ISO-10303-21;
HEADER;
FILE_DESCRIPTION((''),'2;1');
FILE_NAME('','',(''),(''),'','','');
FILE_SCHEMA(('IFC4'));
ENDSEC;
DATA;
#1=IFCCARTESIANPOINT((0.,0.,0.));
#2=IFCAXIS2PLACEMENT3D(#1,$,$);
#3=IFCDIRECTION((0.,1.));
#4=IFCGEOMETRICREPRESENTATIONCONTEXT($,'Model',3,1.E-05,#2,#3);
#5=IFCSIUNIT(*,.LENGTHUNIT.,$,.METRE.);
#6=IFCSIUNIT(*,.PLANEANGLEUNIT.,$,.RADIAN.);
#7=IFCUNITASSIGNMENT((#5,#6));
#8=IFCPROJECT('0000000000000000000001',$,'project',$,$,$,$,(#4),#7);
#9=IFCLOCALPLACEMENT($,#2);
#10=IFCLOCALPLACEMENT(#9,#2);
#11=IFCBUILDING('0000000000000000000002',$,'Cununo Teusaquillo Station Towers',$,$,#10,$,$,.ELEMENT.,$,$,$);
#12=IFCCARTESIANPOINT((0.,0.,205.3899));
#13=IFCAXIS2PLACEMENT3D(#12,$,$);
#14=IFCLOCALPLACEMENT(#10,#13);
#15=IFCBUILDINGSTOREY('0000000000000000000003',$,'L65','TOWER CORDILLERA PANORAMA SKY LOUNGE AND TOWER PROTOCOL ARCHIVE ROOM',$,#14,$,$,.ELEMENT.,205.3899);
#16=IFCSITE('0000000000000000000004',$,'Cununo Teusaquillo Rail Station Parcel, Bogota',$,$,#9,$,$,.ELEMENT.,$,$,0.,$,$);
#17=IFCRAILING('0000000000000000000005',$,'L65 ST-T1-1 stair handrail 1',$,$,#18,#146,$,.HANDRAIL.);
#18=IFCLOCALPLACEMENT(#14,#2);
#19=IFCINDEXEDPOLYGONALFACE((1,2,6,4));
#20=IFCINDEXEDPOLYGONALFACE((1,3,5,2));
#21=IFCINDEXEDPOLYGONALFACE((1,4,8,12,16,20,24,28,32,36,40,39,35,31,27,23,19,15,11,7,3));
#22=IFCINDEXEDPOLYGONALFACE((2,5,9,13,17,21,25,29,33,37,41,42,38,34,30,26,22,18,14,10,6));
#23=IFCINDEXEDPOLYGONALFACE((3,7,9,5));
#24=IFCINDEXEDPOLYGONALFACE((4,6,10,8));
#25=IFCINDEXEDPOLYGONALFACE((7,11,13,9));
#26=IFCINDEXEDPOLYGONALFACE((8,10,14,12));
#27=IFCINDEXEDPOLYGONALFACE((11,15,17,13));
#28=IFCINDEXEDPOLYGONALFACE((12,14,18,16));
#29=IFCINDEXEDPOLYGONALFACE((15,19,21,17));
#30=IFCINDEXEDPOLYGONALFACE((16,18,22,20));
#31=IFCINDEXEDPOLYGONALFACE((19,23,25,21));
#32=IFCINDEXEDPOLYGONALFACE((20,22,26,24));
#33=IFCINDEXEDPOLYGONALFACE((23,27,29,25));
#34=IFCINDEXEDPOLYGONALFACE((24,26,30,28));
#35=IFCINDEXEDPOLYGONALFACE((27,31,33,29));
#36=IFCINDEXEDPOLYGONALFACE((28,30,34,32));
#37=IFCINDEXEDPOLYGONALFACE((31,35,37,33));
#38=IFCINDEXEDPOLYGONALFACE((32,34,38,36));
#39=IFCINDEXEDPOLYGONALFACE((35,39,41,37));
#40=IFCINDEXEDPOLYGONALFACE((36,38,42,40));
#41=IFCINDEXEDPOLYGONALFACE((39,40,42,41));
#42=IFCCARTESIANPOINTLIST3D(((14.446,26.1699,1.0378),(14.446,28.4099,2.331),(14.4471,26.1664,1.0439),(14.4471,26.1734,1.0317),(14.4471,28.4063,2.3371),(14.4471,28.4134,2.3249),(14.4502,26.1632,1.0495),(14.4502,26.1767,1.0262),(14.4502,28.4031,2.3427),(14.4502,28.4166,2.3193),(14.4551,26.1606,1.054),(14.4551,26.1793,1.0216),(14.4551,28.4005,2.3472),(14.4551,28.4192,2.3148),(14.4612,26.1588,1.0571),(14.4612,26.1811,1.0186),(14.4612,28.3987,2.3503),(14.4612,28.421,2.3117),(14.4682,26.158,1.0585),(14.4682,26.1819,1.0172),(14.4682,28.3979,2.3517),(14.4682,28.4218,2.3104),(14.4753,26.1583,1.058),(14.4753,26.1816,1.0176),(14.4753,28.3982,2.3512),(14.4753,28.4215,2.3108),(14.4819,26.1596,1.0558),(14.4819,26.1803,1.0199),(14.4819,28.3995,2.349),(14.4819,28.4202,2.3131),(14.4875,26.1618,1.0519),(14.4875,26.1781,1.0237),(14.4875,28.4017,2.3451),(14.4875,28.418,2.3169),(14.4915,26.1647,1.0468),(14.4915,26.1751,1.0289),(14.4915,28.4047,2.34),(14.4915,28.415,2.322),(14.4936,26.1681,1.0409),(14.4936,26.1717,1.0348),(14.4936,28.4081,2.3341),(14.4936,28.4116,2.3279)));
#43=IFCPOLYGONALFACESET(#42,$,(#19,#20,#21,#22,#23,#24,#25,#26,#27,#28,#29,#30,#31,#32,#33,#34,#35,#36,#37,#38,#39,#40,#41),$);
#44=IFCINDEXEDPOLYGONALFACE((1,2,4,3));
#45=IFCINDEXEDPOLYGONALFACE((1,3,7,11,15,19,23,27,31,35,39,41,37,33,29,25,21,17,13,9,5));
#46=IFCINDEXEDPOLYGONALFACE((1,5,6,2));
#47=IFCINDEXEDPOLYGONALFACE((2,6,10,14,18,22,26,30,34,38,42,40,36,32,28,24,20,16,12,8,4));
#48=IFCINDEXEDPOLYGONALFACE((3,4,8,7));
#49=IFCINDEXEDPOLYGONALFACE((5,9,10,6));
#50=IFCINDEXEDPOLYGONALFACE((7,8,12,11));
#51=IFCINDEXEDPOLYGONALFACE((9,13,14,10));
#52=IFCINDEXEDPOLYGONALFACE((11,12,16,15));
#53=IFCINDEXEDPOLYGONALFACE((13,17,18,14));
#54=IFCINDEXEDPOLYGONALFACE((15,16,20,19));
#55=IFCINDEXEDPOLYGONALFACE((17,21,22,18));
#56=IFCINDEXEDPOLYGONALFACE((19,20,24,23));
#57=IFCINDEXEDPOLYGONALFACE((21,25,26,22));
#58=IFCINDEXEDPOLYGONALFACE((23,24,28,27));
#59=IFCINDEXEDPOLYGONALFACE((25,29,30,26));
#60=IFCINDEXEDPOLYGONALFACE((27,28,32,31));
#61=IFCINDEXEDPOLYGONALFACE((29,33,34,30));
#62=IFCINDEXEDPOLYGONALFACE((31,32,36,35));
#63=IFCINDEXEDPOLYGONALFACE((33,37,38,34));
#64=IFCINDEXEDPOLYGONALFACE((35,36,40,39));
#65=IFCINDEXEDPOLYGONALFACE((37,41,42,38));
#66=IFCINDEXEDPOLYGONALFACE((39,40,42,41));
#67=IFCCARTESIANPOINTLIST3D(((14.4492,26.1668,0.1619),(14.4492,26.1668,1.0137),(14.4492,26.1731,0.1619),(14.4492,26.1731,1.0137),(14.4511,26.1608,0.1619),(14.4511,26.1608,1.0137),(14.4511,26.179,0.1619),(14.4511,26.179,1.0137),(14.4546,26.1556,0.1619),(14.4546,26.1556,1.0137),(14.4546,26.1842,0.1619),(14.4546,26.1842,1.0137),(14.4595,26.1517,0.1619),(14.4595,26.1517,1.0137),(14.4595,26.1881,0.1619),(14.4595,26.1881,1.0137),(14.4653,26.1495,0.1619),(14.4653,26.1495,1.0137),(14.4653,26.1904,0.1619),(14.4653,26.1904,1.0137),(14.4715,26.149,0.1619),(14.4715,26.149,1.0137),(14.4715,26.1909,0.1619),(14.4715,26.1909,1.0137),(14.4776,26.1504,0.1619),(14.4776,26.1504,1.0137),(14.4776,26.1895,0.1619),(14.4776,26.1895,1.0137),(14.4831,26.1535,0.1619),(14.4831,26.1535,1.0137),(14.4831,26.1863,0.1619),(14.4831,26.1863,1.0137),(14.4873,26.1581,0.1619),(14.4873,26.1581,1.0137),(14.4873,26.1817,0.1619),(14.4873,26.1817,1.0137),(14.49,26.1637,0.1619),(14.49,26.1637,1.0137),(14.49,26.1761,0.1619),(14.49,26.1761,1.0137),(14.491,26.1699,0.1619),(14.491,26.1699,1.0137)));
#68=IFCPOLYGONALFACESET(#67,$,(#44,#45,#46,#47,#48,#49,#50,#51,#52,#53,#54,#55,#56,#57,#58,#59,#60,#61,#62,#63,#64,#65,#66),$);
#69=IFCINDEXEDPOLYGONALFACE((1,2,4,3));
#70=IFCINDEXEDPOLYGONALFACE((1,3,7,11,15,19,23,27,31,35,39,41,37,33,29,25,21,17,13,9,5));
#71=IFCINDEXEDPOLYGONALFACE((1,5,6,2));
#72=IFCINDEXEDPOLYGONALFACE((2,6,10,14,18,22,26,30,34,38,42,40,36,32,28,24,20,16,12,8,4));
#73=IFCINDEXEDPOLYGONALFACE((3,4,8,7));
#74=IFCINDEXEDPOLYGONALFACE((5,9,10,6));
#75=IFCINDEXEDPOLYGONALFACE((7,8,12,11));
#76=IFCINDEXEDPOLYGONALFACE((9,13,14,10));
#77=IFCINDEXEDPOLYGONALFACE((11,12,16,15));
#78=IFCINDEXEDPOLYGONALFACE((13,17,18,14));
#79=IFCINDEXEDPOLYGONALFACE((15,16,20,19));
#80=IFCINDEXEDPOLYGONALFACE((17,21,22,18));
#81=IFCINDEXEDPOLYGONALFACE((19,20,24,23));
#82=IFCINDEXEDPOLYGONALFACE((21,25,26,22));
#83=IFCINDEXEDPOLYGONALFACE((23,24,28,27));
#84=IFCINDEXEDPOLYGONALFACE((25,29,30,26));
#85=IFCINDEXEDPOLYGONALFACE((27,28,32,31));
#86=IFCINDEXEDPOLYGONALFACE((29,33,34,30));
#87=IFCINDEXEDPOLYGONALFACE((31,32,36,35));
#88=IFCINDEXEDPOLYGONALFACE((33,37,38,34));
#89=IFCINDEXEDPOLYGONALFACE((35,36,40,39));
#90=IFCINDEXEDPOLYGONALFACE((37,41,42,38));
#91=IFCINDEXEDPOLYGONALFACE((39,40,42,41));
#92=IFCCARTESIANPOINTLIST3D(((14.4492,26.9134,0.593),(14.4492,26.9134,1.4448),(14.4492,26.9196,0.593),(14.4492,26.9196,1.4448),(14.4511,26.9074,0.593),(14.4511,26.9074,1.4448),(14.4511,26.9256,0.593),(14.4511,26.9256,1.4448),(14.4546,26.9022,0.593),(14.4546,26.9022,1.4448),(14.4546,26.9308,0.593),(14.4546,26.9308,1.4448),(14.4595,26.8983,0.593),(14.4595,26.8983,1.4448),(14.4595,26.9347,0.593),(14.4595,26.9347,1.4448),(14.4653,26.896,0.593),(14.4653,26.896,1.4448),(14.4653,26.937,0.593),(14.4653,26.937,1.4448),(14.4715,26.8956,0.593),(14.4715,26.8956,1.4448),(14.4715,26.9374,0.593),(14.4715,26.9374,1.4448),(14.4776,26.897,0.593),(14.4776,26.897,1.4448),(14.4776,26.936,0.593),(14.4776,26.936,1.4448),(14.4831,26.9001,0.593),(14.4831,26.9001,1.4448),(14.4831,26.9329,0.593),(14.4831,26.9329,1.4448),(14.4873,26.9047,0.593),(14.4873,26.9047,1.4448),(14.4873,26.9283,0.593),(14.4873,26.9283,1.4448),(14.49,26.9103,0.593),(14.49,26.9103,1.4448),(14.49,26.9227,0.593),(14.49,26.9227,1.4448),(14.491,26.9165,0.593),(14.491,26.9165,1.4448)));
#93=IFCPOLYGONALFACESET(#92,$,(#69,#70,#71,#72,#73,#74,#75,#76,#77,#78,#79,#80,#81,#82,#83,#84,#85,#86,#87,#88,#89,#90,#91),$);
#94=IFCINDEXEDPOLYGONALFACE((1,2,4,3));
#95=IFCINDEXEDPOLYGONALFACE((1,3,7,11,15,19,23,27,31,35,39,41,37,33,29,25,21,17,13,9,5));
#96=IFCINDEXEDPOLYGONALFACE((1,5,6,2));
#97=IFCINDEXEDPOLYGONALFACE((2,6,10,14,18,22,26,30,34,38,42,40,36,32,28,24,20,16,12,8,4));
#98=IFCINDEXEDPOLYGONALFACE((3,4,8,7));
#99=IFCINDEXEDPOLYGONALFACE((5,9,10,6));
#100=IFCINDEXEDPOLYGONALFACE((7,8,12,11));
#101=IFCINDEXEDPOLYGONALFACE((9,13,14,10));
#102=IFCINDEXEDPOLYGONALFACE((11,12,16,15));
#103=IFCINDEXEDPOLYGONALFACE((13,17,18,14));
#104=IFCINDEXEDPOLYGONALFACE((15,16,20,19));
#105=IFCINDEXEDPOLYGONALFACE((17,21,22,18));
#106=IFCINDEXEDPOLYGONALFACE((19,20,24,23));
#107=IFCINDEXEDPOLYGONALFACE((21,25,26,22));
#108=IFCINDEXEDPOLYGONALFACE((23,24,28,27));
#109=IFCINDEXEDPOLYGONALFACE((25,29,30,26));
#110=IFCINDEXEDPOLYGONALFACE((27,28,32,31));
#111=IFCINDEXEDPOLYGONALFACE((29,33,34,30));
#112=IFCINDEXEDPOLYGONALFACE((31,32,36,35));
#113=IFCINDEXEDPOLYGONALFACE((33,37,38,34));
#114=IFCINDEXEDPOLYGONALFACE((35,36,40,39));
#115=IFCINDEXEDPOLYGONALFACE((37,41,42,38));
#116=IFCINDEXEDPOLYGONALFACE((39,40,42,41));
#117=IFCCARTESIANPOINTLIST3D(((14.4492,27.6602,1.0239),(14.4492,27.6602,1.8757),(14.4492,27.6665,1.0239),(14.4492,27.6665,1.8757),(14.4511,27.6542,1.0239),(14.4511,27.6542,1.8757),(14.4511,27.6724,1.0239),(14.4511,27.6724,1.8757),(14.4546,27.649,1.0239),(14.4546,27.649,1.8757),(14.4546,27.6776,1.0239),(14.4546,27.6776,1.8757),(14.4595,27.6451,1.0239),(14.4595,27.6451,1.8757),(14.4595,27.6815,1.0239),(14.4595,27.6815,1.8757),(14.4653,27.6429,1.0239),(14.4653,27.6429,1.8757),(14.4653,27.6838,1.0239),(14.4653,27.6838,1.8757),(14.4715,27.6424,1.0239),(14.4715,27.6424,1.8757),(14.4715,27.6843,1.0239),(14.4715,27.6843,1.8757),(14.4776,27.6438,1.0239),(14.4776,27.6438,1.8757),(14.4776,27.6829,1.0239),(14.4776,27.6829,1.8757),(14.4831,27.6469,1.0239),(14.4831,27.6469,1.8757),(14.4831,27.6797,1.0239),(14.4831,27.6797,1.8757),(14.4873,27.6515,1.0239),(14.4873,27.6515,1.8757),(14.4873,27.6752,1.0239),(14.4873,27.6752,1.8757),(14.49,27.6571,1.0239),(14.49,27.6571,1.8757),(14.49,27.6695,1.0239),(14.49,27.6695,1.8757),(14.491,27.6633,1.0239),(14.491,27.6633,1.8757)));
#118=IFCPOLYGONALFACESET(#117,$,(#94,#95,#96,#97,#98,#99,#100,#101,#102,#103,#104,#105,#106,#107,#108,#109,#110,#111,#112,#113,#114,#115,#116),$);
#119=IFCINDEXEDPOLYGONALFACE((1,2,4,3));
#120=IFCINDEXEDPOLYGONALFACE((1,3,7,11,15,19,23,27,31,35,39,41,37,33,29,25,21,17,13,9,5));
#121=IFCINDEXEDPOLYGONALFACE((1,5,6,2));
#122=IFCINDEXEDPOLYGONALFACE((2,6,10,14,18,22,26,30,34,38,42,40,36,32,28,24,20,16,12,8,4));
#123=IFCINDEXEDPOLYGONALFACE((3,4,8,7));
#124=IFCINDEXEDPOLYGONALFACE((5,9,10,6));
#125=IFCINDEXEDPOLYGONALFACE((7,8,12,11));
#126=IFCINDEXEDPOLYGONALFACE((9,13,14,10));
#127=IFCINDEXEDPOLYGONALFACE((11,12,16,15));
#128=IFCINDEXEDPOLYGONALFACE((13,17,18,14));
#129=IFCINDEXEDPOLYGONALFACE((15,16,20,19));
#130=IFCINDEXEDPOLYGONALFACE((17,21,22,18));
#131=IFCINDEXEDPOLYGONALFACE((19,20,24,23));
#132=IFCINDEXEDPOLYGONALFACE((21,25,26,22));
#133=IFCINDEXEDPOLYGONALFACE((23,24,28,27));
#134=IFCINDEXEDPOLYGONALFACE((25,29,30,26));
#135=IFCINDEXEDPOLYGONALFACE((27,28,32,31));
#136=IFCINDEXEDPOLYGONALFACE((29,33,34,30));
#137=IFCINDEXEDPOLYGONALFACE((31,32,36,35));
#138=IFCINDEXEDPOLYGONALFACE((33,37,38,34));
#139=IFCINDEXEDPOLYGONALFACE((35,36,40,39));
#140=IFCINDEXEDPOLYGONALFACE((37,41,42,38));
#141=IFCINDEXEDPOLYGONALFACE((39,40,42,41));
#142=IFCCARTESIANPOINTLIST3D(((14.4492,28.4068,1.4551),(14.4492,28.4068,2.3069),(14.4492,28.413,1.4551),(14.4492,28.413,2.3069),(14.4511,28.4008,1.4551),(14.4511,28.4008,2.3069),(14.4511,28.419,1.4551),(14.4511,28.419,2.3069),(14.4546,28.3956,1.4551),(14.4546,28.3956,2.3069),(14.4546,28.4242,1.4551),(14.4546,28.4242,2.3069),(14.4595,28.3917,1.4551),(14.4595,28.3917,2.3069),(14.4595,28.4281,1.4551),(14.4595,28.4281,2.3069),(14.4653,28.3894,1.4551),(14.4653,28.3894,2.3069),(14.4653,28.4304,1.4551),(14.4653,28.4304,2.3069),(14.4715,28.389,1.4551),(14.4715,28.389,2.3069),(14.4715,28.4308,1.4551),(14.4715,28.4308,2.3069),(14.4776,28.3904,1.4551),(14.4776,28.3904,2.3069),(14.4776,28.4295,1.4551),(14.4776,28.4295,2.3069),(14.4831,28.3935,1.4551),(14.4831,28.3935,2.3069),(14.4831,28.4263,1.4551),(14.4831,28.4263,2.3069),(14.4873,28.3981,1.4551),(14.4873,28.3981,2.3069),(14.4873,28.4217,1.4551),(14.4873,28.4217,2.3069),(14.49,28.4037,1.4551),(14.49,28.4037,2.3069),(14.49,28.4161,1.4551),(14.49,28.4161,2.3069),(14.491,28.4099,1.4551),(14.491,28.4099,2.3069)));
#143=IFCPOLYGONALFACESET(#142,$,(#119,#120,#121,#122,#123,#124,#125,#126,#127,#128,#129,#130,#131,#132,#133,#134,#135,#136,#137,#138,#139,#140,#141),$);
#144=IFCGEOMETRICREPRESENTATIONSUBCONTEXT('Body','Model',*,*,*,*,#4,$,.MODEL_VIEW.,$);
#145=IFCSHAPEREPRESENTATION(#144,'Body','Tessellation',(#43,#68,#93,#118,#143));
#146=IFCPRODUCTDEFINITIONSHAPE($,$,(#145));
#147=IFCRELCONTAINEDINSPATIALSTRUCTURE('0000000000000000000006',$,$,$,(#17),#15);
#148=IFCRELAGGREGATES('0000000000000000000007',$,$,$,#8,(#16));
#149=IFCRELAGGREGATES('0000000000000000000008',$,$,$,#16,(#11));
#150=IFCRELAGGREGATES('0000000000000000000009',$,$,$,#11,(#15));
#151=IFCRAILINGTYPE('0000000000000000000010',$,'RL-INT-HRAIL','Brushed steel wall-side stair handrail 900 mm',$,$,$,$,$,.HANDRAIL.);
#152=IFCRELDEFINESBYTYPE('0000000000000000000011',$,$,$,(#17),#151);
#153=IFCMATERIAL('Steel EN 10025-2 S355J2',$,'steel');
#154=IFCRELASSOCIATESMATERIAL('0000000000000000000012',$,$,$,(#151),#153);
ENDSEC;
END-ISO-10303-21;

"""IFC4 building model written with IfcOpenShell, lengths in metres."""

from ifc_helpers import new_model, si_unit, direction, frame, origin, origin_2d, place, context, subcontext, project, spatial, circle, extrude, material, type_object, element, save


model = new_model("IFC4")

# Units and contexts
model_context = context("Model", 3, precision=1e-05, world=origin(), true_north=direction((0.0, 1.0)))
body_context = subcontext(model_context, "Body", "Model", "MODEL_VIEW")
ifc_project = project(units=[si_unit("LENGTHUNIT", "METRE"), si_unit("PLANEANGLEUNIT", "RADIAN")], contexts=[model_context])

# Site, building, storey
site_placement = place(None, origin())
site = spatial("IfcSite", under=ifc_project, at=site_placement, Name="Cununo Teusaquillo Rail Station Parcel, Bogota", CompositionType="ELEMENT", RefElevation=0.0)
building_placement = place(site_placement, origin())
building = spatial("IfcBuilding", under=site, at=building_placement, Name="Cununo Teusaquillo Station Towers", CompositionType="ELEMENT")
storey_placement = place(building_placement, frame((0.0, 0.0, 205.3899)))
storey = spatial("IfcBuildingStorey", under=building, at=storey_placement, Name="L65", Description="TOWER CORDILLERA PANORAMA SKY LOUNGE AND TOWER PROTOCOL ARCHIVE ROOM", CompositionType="ELEMENT", Elevation=205.3899)

# Railing
ifc_material_1 = material(Name="Steel EN 10025-2 S355J2", Category="steel")
railing_type_1 = type_object("IfcRailingType", Name="RL-INT-HRAIL", Description="Brushed steel wall-side stair handrail 900 mm", PredefinedType="HANDRAIL", material=ifc_material_1)
railing_1_placement = place(storey_placement, frame((14.47, 26.1699, 0.1619)))
element("IfcRailing", 1, at=railing_1_placement, inside=storey, type_object=railing_type_1, Name="L65 ST-T1-1 stair handrail 1", PredefinedType="HANDRAIL", context=body_context, shape_type="SweptSolid", body=[
    extrude(circle(Radius=0.0239, at=origin_2d()), frame((0.0, 0.0, 0.876), z_axis=(0.0, 0.866033, 0.499987), x_axis=(-1.0, 0.0, 0.0)), (0.0, 0.0, 1.0), 2.5864),
    extrude(circle(Radius=0.021, at=origin_2d()), origin(), (0.0, 0.0, 1.0), 0.8518),
    extrude(circle(Radius=0.021, at=origin_2d()), frame((0.0, 0.7466, 0.4312)), (0.0, 0.0, 1.0), 0.8518),
    extrude(circle(Radius=0.021, at=origin_2d()), frame((0.0, 1.4934, 0.8621)), (0.0, 0.0, 1.0), 0.8518),
    extrude(circle(Radius=0.021, at=origin_2d()), frame((0.0, 2.24, 1.2932)), (0.0, 0.0, 1.0), 0.8518),
])

save(model, "model.ifc")
